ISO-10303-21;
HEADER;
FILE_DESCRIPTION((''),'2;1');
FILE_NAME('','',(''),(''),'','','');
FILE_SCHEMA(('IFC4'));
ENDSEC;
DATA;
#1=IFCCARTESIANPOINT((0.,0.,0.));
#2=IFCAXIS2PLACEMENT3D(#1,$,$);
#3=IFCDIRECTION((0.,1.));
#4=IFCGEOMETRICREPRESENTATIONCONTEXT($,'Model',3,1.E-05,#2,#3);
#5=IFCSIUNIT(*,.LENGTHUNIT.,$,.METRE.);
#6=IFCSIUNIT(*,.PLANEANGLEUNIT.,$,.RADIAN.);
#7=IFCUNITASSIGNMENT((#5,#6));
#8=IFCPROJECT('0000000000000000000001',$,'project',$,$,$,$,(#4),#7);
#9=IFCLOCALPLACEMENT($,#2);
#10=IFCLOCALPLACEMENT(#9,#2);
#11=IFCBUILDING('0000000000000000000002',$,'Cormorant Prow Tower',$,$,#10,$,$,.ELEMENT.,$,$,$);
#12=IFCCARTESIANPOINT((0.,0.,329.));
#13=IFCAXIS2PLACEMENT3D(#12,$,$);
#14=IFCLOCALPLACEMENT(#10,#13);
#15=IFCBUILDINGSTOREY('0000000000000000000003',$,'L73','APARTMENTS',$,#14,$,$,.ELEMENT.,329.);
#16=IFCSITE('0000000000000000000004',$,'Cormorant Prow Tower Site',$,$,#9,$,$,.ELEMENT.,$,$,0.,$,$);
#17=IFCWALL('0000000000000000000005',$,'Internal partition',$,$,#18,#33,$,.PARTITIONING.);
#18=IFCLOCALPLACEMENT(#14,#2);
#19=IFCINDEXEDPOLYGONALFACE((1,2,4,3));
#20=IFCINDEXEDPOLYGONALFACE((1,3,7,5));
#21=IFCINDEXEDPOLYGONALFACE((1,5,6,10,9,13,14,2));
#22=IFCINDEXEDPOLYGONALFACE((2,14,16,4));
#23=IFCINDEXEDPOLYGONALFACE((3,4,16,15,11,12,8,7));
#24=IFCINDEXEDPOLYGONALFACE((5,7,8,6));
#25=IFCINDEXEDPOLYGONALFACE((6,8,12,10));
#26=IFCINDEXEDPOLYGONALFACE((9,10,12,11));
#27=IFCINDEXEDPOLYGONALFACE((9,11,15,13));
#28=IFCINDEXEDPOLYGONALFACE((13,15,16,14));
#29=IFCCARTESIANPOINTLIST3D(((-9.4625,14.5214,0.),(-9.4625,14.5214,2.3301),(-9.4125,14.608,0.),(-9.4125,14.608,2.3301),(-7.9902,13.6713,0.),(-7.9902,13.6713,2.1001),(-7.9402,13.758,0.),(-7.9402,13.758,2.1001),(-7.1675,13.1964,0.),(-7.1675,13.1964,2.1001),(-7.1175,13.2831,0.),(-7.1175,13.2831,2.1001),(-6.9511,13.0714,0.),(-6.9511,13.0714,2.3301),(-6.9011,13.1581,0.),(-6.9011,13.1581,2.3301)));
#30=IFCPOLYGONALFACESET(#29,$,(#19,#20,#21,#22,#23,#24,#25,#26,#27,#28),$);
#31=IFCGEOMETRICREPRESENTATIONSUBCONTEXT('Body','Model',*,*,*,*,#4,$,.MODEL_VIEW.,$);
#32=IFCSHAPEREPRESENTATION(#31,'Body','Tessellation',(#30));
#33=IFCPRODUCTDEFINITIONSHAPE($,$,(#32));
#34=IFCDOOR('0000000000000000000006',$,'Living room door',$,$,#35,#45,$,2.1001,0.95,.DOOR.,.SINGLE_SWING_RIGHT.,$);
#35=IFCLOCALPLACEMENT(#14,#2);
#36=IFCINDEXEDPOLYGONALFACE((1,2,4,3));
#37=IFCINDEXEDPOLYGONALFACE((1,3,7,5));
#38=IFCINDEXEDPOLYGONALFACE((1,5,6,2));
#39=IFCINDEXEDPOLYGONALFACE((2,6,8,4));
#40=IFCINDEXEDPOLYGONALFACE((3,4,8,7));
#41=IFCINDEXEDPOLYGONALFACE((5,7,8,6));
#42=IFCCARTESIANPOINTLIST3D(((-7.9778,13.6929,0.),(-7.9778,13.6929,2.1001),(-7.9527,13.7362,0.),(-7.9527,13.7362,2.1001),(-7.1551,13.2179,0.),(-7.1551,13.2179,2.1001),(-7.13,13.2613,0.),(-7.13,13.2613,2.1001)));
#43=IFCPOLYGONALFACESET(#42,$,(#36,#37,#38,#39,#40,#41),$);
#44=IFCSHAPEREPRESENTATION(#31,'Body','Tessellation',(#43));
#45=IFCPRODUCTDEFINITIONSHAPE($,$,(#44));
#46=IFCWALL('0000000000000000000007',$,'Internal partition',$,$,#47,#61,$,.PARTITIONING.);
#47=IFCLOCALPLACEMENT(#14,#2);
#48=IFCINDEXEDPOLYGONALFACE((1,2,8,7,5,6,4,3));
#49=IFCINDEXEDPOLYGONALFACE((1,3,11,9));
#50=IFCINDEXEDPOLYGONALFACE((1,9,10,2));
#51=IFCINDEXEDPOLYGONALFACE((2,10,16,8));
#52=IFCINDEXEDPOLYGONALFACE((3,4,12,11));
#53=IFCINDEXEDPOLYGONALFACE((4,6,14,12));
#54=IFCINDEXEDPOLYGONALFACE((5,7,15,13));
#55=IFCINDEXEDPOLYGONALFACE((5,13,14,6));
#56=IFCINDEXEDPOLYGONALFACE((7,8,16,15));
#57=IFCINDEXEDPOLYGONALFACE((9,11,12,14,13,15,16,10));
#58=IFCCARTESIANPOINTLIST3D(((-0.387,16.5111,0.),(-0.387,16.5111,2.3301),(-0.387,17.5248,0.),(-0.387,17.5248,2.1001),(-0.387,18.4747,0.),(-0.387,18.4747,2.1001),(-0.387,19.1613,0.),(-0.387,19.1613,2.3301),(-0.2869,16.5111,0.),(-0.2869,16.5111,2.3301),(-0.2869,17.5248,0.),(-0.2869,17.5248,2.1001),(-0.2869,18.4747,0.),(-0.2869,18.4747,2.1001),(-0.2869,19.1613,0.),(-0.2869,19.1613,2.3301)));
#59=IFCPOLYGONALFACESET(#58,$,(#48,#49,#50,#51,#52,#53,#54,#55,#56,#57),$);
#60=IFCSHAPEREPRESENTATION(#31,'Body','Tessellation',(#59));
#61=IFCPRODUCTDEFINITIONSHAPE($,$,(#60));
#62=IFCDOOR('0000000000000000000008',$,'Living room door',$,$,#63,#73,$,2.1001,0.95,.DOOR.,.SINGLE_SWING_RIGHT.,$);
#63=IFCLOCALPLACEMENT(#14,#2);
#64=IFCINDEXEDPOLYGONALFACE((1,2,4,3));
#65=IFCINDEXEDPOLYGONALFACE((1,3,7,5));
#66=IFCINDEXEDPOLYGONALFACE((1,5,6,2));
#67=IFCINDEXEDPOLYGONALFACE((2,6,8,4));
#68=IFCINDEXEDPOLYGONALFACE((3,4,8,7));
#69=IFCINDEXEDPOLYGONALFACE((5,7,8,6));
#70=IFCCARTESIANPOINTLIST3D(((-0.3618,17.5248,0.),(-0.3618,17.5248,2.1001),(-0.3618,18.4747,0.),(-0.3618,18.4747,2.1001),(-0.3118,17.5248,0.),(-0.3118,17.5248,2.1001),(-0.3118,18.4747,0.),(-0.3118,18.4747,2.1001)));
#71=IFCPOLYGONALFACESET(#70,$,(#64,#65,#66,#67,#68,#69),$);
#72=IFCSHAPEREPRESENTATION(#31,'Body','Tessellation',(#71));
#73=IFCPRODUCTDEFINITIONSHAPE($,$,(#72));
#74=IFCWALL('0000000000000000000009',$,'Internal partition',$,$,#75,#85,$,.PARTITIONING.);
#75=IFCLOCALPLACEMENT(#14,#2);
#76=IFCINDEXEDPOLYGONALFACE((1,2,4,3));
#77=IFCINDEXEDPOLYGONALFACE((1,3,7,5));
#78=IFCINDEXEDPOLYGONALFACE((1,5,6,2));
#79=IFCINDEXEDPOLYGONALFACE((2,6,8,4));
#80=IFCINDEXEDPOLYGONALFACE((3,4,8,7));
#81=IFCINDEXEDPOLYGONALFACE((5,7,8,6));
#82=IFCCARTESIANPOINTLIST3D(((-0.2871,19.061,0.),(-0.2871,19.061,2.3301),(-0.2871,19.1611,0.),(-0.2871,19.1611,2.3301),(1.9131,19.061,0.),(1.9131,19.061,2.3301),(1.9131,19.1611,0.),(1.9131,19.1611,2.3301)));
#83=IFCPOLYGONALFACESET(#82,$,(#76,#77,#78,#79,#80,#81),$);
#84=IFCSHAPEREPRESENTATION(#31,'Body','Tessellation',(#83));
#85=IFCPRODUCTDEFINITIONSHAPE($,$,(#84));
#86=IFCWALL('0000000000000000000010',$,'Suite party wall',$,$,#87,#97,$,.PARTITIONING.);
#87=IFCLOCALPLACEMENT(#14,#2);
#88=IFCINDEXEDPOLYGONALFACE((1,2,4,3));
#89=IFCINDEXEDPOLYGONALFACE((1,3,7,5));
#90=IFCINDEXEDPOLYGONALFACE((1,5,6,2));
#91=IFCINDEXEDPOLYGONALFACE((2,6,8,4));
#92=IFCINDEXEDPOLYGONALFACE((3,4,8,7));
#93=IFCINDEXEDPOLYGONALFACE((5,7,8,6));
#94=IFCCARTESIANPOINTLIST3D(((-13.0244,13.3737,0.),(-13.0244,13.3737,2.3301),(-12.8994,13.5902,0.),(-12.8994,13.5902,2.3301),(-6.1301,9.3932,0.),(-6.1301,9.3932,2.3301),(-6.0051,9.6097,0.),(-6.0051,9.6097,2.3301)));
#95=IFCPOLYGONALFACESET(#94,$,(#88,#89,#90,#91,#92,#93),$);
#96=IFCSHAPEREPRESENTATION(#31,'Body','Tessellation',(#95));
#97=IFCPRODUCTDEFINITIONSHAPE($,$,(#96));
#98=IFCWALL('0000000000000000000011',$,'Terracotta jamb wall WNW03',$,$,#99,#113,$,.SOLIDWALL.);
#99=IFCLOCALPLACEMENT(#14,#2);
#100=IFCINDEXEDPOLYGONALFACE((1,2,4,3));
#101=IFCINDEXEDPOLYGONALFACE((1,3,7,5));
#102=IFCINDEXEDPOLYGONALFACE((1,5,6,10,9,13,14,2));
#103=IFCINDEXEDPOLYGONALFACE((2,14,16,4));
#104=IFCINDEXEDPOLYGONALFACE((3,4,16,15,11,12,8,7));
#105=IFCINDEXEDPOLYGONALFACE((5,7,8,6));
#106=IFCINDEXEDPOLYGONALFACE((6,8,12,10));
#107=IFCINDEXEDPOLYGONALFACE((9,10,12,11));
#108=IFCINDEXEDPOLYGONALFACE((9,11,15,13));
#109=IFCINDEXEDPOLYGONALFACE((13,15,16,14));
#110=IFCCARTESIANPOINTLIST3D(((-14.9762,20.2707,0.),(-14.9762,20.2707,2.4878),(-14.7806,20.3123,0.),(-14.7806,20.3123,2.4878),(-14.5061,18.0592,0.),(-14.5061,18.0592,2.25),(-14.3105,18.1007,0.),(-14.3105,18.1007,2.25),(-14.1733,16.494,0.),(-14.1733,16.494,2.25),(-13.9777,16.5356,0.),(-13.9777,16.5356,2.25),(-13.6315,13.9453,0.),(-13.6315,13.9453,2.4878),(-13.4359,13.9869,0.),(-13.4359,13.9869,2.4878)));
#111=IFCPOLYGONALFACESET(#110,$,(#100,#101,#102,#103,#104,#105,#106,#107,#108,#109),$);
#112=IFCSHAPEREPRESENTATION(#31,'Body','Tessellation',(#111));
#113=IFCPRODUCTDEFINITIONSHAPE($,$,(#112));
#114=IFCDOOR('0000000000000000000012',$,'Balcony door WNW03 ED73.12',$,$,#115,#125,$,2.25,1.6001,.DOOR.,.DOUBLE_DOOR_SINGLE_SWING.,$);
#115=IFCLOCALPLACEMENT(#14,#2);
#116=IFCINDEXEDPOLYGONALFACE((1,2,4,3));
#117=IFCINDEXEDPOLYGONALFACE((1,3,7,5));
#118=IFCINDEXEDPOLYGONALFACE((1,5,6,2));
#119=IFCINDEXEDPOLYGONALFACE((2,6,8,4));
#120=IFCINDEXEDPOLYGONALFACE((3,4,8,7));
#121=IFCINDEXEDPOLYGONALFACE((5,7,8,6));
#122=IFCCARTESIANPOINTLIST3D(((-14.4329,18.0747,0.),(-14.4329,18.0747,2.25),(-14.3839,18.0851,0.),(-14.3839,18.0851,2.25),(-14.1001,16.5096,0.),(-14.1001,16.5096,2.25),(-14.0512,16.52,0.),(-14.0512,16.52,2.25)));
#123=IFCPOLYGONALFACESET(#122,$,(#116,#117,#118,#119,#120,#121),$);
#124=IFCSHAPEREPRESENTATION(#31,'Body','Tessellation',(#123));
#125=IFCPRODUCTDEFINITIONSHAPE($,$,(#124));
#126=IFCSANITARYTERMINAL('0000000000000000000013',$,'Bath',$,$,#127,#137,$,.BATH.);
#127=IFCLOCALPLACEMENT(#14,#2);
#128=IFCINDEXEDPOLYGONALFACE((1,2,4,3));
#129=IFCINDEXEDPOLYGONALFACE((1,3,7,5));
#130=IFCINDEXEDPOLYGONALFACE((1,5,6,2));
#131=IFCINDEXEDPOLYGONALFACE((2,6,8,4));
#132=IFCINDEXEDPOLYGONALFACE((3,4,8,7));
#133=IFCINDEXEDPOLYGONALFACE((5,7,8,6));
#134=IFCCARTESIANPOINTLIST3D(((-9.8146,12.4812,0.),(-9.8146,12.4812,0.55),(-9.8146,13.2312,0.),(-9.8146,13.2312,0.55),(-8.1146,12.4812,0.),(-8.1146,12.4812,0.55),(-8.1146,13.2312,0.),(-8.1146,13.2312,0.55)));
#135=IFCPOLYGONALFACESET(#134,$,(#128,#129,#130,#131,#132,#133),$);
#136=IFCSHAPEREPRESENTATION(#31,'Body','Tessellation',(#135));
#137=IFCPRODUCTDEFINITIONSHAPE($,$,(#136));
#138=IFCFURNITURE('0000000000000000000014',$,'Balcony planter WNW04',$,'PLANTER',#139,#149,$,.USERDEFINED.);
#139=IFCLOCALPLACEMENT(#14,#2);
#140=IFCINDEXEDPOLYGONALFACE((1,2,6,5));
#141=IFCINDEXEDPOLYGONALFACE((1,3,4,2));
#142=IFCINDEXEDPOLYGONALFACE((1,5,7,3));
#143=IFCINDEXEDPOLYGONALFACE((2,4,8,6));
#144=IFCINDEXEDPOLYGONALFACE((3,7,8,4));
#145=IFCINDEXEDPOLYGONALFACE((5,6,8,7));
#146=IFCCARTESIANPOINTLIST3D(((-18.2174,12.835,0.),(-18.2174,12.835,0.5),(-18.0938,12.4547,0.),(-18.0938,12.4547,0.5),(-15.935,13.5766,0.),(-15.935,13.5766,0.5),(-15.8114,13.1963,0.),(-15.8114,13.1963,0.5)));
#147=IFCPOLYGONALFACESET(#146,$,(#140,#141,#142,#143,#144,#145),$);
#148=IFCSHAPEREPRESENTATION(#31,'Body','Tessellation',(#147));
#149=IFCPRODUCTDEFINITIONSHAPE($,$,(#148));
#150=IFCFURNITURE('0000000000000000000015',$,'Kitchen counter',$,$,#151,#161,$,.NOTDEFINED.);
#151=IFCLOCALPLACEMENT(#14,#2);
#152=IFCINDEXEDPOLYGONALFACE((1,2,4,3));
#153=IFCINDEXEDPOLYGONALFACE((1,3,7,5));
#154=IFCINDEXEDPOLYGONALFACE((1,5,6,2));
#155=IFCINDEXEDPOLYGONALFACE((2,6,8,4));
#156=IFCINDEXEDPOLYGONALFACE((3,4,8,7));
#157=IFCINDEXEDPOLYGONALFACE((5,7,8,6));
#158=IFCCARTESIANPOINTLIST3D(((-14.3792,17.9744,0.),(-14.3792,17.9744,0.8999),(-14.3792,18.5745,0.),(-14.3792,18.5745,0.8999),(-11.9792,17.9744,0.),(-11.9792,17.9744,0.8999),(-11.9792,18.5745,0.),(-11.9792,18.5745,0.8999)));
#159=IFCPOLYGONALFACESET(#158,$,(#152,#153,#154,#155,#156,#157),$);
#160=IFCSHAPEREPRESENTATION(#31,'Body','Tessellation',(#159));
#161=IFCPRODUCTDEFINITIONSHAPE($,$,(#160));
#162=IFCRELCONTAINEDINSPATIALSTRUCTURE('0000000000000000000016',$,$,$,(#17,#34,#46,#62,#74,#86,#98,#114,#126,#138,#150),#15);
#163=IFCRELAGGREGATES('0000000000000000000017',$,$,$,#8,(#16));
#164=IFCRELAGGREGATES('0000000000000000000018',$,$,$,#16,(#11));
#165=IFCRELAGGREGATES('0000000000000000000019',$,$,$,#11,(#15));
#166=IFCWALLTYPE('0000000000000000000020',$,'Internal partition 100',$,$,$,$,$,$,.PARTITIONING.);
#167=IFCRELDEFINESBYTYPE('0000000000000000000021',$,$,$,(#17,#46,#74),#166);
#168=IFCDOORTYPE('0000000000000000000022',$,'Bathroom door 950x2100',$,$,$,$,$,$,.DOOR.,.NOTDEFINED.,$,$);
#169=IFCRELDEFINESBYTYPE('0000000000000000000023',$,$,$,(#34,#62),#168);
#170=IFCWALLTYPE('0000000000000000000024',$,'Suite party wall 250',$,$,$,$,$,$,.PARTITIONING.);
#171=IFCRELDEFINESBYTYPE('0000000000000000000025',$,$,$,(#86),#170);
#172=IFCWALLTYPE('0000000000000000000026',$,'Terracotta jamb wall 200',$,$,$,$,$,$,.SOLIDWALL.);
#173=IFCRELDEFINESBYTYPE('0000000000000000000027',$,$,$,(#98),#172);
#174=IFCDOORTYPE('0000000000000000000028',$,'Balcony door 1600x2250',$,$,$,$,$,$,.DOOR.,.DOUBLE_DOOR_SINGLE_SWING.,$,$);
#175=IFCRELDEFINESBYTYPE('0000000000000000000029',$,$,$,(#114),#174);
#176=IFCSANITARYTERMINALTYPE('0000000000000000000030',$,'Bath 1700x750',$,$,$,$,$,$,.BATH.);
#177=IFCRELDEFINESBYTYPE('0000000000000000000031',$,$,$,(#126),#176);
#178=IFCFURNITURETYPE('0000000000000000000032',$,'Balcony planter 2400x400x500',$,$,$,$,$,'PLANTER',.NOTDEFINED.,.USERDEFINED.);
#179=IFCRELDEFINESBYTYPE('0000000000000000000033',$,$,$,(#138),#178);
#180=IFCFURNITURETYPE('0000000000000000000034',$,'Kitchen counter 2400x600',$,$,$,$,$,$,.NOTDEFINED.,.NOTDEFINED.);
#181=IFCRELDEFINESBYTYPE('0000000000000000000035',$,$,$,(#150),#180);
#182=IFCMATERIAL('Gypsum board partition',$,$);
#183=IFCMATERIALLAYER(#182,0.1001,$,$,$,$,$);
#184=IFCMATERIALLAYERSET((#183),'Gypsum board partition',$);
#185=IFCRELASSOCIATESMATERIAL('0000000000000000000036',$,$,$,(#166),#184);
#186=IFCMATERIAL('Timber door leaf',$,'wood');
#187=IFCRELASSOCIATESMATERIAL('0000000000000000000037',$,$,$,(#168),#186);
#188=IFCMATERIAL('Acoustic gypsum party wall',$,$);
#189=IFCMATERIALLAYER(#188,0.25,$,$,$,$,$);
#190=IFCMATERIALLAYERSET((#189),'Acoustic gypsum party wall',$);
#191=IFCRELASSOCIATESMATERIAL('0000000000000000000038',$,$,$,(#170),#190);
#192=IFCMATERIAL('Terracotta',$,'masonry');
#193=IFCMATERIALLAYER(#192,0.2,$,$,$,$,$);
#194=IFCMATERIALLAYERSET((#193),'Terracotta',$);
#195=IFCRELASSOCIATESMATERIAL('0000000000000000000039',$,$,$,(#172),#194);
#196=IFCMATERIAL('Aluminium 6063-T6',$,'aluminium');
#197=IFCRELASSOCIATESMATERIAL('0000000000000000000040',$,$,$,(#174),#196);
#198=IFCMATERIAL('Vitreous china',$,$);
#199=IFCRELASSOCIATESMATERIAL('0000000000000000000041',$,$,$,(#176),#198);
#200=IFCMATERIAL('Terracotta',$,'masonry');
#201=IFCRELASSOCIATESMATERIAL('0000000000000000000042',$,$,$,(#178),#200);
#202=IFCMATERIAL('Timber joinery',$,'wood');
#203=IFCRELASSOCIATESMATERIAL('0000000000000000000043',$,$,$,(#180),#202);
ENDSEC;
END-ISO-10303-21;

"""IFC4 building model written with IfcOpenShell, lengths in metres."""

from ifc_helpers import new_model, si_unit, direction, frame, frame_2d, origin, origin_2d, place, context, subcontext, project, spatial, rectangle, extrude, material, layer, layer_set, type_object, element, fill, save


model = new_model("IFC4")

# Units and contexts
model_context = context("Model", 3, precision=1e-05, world=origin(), true_north=direction((0.0, 1.0)))
body_context = subcontext(model_context, "Body", "Model", "MODEL_VIEW")
ifc_project = project(units=[si_unit("LENGTHUNIT", "METRE"), si_unit("PLANEANGLEUNIT", "RADIAN")], contexts=[model_context])

# Site, building, storey
site_placement = place(None, origin())
site = spatial("IfcSite", under=ifc_project, at=site_placement, Name="Cormorant Prow Tower Site", CompositionType="ELEMENT", RefElevation=0.0)
building_placement = place(site_placement, origin())
building = spatial("IfcBuilding", under=site, at=building_placement, Name="Cormorant Prow Tower", CompositionType="ELEMENT")
storey_placement = place(building_placement, frame((0.0, 0.0, 329.0)))
storey = spatial("IfcBuildingStorey", under=building, at=storey_placement, Name="L73", Description="APARTMENTS", CompositionType="ELEMENT", Elevation=329.0)

# Walls, openings, doors
ifc_material_1 = material(Name="Gypsum board partition")
ifc_layer_1 = layer(ifc_material_1, 0.1001)
ifc_layer_set_1 = layer_set([ifc_layer_1], Name="Gypsum board partition")
wall_type_1 = type_object("IfcWallType", Name="Internal partition 100", PredefinedType="PARTITIONING", material=ifc_layer_set_1)
ifc_material_2 = material(Name="Timber door leaf", Category="wood")
door_type_1 = type_object("IfcDoorType", Name="Bathroom door 950x2100", OperationType="NOTDEFINED", PredefinedType="DOOR", material=ifc_material_2)
wall_1_placement = place(storey_placement, frame((-9.4375, 14.5647, 0.0), z_axis=(0.0, 0.0, 1.0), x_axis=(0.866033, -0.499987, 0.0)))
wall_1 = element("IfcWall", 1, at=wall_1_placement, inside=storey, type_object=wall_type_1, Name="Internal partition", PredefinedType="PARTITIONING", context=body_context, shape_type="SweptSolid", body=[
    extrude(rectangle(XDim=2.8999, YDim=0.1001, at=frame_2d((1.45, 0.0))), origin(), (0.0, 0.0, 1.0), 2.3301),
])
opening_1_placement = place(wall_1_placement, frame((1.7, 0.0, 0.0)))
opening_1 = element("IfcOpeningElement", 2, at=opening_1_placement, cuts=wall_1, PredefinedType="OPENING", context=body_context, shape_type="SweptSolid", body=[
    extrude(rectangle(XDim=0.95, YDim=2.1001, at=frame_2d((0.4751, 1.05))), frame((0.0, 0.0601, 0.0), z_axis=(0.0, -1.0, 0.0), x_axis=(1.0, 0.0, 0.0)), (0.0, 0.0, 1.0), 0.1201),
])
door_1_placement = place(opening_1_placement, origin())
door_1 = element("IfcDoor", 3, at=door_1_placement, inside=storey, type_object=door_type_1, Name="Living room door", OperationType="SINGLE_SWING_RIGHT", OverallHeight=2.1001, OverallWidth=0.95, PredefinedType="DOOR", context=body_context, shape_type="SweptSolid", body=[
    extrude(rectangle(XDim=0.95, YDim=2.1001, at=frame_2d((0.4751, 1.05))), frame((0.0, 0.0249, 0.0), z_axis=(0.0, -1.0, 0.0), x_axis=(1.0, 0.0, 0.0)), (0.0, 0.0, 1.0), 0.05),
])
fill(opening_1, door_1)
wall_2_placement = place(storey_placement, frame((-0.3369, 16.511, 0.0), z_axis=(0.0, 0.0, 1.0), x_axis=(0.0, 1.0, 0.0)))
wall_2 = element("IfcWall", 4, at=wall_2_placement, inside=storey, type_object=wall_type_1, Name="Internal partition", PredefinedType="PARTITIONING", context=body_context, shape_type="SweptSolid", body=[
    extrude(rectangle(XDim=2.6501, YDim=0.1001, at=frame_2d((1.3252, 0.0))), origin(), (0.0, 0.0, 1.0), 2.3301),
])
opening_2_placement = place(wall_2_placement, frame((1.0137, 0.0, 0.0)))
opening_2 = element("IfcOpeningElement", 5, at=opening_2_placement, cuts=wall_2, PredefinedType="OPENING", context=body_context, shape_type="SweptSolid", body=[
    extrude(rectangle(XDim=0.95, YDim=2.1001, at=frame_2d((0.4751, 1.05))), frame((0.0, 0.0601, 0.0), z_axis=(0.0, -1.0, 0.0), x_axis=(1.0, 0.0, 0.0)), (0.0, 0.0, 1.0), 0.1201),
])
door_2_placement = place(opening_2_placement, origin())
door_2 = element("IfcDoor", 6, at=door_2_placement, inside=storey, type_object=door_type_1, Name="Living room door", OperationType="SINGLE_SWING_RIGHT", OverallHeight=2.1001, OverallWidth=0.95, PredefinedType="DOOR", context=body_context, shape_type="SweptSolid", body=[
    extrude(rectangle(XDim=0.95, YDim=2.1001, at=frame_2d((0.4751, 1.05))), frame((0.0, 0.0249, 0.0), z_axis=(0.0, -1.0, 0.0), x_axis=(1.0, 0.0, 0.0)), (0.0, 0.0, 1.0), 0.05),
])
fill(opening_2, door_2)

# Walls
wall_3_placement = place(storey_placement, frame((-0.2871, 19.1111, 0.0), z_axis=(0.0, 0.0, 1.0), x_axis=(1.0, 0.0, 0.0)))
element("IfcWall", 7, at=wall_3_placement, inside=storey, type_object=wall_type_1, Name="Internal partition", PredefinedType="PARTITIONING", context=body_context, shape_type="SweptSolid", body=[
    extrude(rectangle(XDim=2.2002, YDim=0.1001, at=frame_2d((1.1001, 0.0))), origin(), (0.0, 0.0, 1.0), 2.3301),
])
ifc_material_3 = material(Name="Acoustic gypsum party wall")
ifc_layer_2 = layer(ifc_material_3, 0.25)
ifc_layer_set_2 = layer_set([ifc_layer_2], Name="Acoustic gypsum party wall")
wall_type_2 = type_object("IfcWallType", Name="Suite party wall 250", PredefinedType="PARTITIONING", material=ifc_layer_set_2)
wall_4_placement = place(storey_placement, frame((-12.9619, 13.4819, 0.0), z_axis=(0.0, 0.0, 1.0), x_axis=(0.866023, -0.500005, 0.0)))
element("IfcWall", 8, at=wall_4_placement, inside=storey, type_object=wall_type_2, Name="Suite party wall", PredefinedType="PARTITIONING", context=body_context, shape_type="SweptSolid", body=[
    extrude(rectangle(XDim=7.9609, YDim=0.25, at=frame_2d((3.9805, 0.0))), origin(), (0.0, 0.0, 1.0), 2.3301),
])

# Wall, opening, door
ifc_material_4 = material(Name="Terracotta", Category="masonry")
ifc_layer_3 = layer(ifc_material_4, 0.2)
ifc_layer_set_3 = layer_set([ifc_layer_3], Name="Terracotta")
wall_type_3 = type_object("IfcWallType", Name="Terracotta jamb wall 200", PredefinedType="SOLIDWALL", material=ifc_layer_set_3)
wall_5_placement = place(storey_placement, frame((-14.8784, 20.2915, 0.0), z_axis=(0.0, 0.0, 1.0), x_axis=(0.207943, -0.978141, 0.0)))
wall_5 = element("IfcWall", 9, at=wall_5_placement, inside=storey, type_object=wall_type_3, Name="Terracotta jamb wall WNW03", PredefinedType="SOLIDWALL", context=body_context, shape_type="SweptSolid", body=[
    extrude(rectangle(XDim=6.4668, YDim=0.2, at=frame_2d((3.2334, 0.0))), origin(), (0.0, 0.0, 1.0), 2.4878),
])
opening_3_placement = place(wall_5_placement, frame((2.261, 0.0, 0.0)))
opening_3 = element("IfcOpeningElement", 10, at=opening_3_placement, cuts=wall_5, PredefinedType="OPENING", context=body_context, shape_type="SweptSolid", body=[
    extrude(rectangle(XDim=1.6001, YDim=2.25, at=frame_2d((0.8, 1.125))), frame((0.0, 0.1099, 0.0), z_axis=(0.0, -1.0, 0.0), x_axis=(1.0, 0.0, 0.0)), (0.0, 0.0, 1.0), 0.22),
])
ifc_material_5 = material(Name="Aluminium 6063-T6", Category="aluminium")
door_type_2 = type_object("IfcDoorType", Name="Balcony door 1600x2250", OperationType="DOUBLE_DOOR_SINGLE_SWING", PredefinedType="DOOR", material=ifc_material_5)
door_3_placement = place(opening_3_placement, origin())
door_3 = element("IfcDoor", 11, at=door_3_placement, inside=storey, type_object=door_type_2, Name="Balcony door WNW03 ED73.12", OperationType="DOUBLE_DOOR_SINGLE_SWING", OverallHeight=2.25, OverallWidth=1.6001, PredefinedType="DOOR", context=body_context, shape_type="SweptSolid", body=[
    extrude(rectangle(XDim=1.6001, YDim=2.25, at=frame_2d((0.8, 1.125))), frame((0.0, 0.0249, 0.0), z_axis=(0.0, -1.0, 0.0), x_axis=(1.0, 0.0, 0.0)), (0.0, 0.0, 1.0), 0.05),
])
fill(opening_3, door_3)

# Sanitary terminal
ifc_material_6 = material(Name="Vitreous china")
sanitary_terminal_type = type_object("IfcSanitaryTerminalType", Name="Bath 1700x750", PredefinedType="BATH", material=ifc_material_6)
sanitary_terminal_placement = place(storey_placement, frame((-8.9646, 12.8562, 0.0), z_axis=(0.0, 0.0, 1.0), x_axis=(1.0, 0.0, 0.0)))
element("IfcSanitaryTerminal", 12, at=sanitary_terminal_placement, inside=storey, type_object=sanitary_terminal_type, Name="Bath", PredefinedType="BATH", context=body_context, shape_type="SweptSolid", body=[
    extrude(rectangle(XDim=1.7, YDim=0.75, at=origin_2d()), origin(), (0.0, 0.0, 1.0), 0.55),
])

# Furniture
ifc_material_7 = material(Name="Terracotta", Category="masonry")
furniture_type_1 = type_object("IfcFurnitureType", Name="Balcony planter 2400x400x500", ElementType="PLANTER", AssemblyPlace="NOTDEFINED", PredefinedType="USERDEFINED", material=ifc_material_7)
furniture_1_placement = place(storey_placement, frame((-17.0144, 13.0156, 0.0), z_axis=(0.0, 0.0, 1.0), x_axis=(-0.951057, -0.309017, 0.0)))
element("IfcFurniture", 13, at=furniture_1_placement, inside=storey, type_object=furniture_type_1, Name="Balcony planter WNW04", ObjectType="PLANTER", PredefinedType="USERDEFINED", context=body_context, shape_type="SweptSolid", body=[
    extrude(rectangle(XDim=2.3999, YDim=0.3999, at=origin_2d()), origin(), (0.0, 0.0, 1.0), 0.5),
])
ifc_material_8 = material(Name="Timber joinery", Category="wood")
furniture_type_2 = type_object("IfcFurnitureType", Name="Kitchen counter 2400x600", AssemblyPlace="NOTDEFINED", PredefinedType="NOTDEFINED", material=ifc_material_8)
furniture_2_placement = place(storey_placement, frame((-13.1792, 18.2744, 0.0), z_axis=(0.0, 0.0, 1.0), x_axis=(1.0, 0.0, 0.0)))
element("IfcFurniture", 14, at=furniture_2_placement, inside=storey, type_object=furniture_type_2, Name="Kitchen counter", PredefinedType="NOTDEFINED", context=body_context, shape_type="SweptSolid", body=[
    extrude(rectangle(XDim=2.3999, YDim=0.6001, at=origin_2d()), origin(), (0.0, 0.0, 1.0), 0.8999),
])

save(model, "model.ifc")
